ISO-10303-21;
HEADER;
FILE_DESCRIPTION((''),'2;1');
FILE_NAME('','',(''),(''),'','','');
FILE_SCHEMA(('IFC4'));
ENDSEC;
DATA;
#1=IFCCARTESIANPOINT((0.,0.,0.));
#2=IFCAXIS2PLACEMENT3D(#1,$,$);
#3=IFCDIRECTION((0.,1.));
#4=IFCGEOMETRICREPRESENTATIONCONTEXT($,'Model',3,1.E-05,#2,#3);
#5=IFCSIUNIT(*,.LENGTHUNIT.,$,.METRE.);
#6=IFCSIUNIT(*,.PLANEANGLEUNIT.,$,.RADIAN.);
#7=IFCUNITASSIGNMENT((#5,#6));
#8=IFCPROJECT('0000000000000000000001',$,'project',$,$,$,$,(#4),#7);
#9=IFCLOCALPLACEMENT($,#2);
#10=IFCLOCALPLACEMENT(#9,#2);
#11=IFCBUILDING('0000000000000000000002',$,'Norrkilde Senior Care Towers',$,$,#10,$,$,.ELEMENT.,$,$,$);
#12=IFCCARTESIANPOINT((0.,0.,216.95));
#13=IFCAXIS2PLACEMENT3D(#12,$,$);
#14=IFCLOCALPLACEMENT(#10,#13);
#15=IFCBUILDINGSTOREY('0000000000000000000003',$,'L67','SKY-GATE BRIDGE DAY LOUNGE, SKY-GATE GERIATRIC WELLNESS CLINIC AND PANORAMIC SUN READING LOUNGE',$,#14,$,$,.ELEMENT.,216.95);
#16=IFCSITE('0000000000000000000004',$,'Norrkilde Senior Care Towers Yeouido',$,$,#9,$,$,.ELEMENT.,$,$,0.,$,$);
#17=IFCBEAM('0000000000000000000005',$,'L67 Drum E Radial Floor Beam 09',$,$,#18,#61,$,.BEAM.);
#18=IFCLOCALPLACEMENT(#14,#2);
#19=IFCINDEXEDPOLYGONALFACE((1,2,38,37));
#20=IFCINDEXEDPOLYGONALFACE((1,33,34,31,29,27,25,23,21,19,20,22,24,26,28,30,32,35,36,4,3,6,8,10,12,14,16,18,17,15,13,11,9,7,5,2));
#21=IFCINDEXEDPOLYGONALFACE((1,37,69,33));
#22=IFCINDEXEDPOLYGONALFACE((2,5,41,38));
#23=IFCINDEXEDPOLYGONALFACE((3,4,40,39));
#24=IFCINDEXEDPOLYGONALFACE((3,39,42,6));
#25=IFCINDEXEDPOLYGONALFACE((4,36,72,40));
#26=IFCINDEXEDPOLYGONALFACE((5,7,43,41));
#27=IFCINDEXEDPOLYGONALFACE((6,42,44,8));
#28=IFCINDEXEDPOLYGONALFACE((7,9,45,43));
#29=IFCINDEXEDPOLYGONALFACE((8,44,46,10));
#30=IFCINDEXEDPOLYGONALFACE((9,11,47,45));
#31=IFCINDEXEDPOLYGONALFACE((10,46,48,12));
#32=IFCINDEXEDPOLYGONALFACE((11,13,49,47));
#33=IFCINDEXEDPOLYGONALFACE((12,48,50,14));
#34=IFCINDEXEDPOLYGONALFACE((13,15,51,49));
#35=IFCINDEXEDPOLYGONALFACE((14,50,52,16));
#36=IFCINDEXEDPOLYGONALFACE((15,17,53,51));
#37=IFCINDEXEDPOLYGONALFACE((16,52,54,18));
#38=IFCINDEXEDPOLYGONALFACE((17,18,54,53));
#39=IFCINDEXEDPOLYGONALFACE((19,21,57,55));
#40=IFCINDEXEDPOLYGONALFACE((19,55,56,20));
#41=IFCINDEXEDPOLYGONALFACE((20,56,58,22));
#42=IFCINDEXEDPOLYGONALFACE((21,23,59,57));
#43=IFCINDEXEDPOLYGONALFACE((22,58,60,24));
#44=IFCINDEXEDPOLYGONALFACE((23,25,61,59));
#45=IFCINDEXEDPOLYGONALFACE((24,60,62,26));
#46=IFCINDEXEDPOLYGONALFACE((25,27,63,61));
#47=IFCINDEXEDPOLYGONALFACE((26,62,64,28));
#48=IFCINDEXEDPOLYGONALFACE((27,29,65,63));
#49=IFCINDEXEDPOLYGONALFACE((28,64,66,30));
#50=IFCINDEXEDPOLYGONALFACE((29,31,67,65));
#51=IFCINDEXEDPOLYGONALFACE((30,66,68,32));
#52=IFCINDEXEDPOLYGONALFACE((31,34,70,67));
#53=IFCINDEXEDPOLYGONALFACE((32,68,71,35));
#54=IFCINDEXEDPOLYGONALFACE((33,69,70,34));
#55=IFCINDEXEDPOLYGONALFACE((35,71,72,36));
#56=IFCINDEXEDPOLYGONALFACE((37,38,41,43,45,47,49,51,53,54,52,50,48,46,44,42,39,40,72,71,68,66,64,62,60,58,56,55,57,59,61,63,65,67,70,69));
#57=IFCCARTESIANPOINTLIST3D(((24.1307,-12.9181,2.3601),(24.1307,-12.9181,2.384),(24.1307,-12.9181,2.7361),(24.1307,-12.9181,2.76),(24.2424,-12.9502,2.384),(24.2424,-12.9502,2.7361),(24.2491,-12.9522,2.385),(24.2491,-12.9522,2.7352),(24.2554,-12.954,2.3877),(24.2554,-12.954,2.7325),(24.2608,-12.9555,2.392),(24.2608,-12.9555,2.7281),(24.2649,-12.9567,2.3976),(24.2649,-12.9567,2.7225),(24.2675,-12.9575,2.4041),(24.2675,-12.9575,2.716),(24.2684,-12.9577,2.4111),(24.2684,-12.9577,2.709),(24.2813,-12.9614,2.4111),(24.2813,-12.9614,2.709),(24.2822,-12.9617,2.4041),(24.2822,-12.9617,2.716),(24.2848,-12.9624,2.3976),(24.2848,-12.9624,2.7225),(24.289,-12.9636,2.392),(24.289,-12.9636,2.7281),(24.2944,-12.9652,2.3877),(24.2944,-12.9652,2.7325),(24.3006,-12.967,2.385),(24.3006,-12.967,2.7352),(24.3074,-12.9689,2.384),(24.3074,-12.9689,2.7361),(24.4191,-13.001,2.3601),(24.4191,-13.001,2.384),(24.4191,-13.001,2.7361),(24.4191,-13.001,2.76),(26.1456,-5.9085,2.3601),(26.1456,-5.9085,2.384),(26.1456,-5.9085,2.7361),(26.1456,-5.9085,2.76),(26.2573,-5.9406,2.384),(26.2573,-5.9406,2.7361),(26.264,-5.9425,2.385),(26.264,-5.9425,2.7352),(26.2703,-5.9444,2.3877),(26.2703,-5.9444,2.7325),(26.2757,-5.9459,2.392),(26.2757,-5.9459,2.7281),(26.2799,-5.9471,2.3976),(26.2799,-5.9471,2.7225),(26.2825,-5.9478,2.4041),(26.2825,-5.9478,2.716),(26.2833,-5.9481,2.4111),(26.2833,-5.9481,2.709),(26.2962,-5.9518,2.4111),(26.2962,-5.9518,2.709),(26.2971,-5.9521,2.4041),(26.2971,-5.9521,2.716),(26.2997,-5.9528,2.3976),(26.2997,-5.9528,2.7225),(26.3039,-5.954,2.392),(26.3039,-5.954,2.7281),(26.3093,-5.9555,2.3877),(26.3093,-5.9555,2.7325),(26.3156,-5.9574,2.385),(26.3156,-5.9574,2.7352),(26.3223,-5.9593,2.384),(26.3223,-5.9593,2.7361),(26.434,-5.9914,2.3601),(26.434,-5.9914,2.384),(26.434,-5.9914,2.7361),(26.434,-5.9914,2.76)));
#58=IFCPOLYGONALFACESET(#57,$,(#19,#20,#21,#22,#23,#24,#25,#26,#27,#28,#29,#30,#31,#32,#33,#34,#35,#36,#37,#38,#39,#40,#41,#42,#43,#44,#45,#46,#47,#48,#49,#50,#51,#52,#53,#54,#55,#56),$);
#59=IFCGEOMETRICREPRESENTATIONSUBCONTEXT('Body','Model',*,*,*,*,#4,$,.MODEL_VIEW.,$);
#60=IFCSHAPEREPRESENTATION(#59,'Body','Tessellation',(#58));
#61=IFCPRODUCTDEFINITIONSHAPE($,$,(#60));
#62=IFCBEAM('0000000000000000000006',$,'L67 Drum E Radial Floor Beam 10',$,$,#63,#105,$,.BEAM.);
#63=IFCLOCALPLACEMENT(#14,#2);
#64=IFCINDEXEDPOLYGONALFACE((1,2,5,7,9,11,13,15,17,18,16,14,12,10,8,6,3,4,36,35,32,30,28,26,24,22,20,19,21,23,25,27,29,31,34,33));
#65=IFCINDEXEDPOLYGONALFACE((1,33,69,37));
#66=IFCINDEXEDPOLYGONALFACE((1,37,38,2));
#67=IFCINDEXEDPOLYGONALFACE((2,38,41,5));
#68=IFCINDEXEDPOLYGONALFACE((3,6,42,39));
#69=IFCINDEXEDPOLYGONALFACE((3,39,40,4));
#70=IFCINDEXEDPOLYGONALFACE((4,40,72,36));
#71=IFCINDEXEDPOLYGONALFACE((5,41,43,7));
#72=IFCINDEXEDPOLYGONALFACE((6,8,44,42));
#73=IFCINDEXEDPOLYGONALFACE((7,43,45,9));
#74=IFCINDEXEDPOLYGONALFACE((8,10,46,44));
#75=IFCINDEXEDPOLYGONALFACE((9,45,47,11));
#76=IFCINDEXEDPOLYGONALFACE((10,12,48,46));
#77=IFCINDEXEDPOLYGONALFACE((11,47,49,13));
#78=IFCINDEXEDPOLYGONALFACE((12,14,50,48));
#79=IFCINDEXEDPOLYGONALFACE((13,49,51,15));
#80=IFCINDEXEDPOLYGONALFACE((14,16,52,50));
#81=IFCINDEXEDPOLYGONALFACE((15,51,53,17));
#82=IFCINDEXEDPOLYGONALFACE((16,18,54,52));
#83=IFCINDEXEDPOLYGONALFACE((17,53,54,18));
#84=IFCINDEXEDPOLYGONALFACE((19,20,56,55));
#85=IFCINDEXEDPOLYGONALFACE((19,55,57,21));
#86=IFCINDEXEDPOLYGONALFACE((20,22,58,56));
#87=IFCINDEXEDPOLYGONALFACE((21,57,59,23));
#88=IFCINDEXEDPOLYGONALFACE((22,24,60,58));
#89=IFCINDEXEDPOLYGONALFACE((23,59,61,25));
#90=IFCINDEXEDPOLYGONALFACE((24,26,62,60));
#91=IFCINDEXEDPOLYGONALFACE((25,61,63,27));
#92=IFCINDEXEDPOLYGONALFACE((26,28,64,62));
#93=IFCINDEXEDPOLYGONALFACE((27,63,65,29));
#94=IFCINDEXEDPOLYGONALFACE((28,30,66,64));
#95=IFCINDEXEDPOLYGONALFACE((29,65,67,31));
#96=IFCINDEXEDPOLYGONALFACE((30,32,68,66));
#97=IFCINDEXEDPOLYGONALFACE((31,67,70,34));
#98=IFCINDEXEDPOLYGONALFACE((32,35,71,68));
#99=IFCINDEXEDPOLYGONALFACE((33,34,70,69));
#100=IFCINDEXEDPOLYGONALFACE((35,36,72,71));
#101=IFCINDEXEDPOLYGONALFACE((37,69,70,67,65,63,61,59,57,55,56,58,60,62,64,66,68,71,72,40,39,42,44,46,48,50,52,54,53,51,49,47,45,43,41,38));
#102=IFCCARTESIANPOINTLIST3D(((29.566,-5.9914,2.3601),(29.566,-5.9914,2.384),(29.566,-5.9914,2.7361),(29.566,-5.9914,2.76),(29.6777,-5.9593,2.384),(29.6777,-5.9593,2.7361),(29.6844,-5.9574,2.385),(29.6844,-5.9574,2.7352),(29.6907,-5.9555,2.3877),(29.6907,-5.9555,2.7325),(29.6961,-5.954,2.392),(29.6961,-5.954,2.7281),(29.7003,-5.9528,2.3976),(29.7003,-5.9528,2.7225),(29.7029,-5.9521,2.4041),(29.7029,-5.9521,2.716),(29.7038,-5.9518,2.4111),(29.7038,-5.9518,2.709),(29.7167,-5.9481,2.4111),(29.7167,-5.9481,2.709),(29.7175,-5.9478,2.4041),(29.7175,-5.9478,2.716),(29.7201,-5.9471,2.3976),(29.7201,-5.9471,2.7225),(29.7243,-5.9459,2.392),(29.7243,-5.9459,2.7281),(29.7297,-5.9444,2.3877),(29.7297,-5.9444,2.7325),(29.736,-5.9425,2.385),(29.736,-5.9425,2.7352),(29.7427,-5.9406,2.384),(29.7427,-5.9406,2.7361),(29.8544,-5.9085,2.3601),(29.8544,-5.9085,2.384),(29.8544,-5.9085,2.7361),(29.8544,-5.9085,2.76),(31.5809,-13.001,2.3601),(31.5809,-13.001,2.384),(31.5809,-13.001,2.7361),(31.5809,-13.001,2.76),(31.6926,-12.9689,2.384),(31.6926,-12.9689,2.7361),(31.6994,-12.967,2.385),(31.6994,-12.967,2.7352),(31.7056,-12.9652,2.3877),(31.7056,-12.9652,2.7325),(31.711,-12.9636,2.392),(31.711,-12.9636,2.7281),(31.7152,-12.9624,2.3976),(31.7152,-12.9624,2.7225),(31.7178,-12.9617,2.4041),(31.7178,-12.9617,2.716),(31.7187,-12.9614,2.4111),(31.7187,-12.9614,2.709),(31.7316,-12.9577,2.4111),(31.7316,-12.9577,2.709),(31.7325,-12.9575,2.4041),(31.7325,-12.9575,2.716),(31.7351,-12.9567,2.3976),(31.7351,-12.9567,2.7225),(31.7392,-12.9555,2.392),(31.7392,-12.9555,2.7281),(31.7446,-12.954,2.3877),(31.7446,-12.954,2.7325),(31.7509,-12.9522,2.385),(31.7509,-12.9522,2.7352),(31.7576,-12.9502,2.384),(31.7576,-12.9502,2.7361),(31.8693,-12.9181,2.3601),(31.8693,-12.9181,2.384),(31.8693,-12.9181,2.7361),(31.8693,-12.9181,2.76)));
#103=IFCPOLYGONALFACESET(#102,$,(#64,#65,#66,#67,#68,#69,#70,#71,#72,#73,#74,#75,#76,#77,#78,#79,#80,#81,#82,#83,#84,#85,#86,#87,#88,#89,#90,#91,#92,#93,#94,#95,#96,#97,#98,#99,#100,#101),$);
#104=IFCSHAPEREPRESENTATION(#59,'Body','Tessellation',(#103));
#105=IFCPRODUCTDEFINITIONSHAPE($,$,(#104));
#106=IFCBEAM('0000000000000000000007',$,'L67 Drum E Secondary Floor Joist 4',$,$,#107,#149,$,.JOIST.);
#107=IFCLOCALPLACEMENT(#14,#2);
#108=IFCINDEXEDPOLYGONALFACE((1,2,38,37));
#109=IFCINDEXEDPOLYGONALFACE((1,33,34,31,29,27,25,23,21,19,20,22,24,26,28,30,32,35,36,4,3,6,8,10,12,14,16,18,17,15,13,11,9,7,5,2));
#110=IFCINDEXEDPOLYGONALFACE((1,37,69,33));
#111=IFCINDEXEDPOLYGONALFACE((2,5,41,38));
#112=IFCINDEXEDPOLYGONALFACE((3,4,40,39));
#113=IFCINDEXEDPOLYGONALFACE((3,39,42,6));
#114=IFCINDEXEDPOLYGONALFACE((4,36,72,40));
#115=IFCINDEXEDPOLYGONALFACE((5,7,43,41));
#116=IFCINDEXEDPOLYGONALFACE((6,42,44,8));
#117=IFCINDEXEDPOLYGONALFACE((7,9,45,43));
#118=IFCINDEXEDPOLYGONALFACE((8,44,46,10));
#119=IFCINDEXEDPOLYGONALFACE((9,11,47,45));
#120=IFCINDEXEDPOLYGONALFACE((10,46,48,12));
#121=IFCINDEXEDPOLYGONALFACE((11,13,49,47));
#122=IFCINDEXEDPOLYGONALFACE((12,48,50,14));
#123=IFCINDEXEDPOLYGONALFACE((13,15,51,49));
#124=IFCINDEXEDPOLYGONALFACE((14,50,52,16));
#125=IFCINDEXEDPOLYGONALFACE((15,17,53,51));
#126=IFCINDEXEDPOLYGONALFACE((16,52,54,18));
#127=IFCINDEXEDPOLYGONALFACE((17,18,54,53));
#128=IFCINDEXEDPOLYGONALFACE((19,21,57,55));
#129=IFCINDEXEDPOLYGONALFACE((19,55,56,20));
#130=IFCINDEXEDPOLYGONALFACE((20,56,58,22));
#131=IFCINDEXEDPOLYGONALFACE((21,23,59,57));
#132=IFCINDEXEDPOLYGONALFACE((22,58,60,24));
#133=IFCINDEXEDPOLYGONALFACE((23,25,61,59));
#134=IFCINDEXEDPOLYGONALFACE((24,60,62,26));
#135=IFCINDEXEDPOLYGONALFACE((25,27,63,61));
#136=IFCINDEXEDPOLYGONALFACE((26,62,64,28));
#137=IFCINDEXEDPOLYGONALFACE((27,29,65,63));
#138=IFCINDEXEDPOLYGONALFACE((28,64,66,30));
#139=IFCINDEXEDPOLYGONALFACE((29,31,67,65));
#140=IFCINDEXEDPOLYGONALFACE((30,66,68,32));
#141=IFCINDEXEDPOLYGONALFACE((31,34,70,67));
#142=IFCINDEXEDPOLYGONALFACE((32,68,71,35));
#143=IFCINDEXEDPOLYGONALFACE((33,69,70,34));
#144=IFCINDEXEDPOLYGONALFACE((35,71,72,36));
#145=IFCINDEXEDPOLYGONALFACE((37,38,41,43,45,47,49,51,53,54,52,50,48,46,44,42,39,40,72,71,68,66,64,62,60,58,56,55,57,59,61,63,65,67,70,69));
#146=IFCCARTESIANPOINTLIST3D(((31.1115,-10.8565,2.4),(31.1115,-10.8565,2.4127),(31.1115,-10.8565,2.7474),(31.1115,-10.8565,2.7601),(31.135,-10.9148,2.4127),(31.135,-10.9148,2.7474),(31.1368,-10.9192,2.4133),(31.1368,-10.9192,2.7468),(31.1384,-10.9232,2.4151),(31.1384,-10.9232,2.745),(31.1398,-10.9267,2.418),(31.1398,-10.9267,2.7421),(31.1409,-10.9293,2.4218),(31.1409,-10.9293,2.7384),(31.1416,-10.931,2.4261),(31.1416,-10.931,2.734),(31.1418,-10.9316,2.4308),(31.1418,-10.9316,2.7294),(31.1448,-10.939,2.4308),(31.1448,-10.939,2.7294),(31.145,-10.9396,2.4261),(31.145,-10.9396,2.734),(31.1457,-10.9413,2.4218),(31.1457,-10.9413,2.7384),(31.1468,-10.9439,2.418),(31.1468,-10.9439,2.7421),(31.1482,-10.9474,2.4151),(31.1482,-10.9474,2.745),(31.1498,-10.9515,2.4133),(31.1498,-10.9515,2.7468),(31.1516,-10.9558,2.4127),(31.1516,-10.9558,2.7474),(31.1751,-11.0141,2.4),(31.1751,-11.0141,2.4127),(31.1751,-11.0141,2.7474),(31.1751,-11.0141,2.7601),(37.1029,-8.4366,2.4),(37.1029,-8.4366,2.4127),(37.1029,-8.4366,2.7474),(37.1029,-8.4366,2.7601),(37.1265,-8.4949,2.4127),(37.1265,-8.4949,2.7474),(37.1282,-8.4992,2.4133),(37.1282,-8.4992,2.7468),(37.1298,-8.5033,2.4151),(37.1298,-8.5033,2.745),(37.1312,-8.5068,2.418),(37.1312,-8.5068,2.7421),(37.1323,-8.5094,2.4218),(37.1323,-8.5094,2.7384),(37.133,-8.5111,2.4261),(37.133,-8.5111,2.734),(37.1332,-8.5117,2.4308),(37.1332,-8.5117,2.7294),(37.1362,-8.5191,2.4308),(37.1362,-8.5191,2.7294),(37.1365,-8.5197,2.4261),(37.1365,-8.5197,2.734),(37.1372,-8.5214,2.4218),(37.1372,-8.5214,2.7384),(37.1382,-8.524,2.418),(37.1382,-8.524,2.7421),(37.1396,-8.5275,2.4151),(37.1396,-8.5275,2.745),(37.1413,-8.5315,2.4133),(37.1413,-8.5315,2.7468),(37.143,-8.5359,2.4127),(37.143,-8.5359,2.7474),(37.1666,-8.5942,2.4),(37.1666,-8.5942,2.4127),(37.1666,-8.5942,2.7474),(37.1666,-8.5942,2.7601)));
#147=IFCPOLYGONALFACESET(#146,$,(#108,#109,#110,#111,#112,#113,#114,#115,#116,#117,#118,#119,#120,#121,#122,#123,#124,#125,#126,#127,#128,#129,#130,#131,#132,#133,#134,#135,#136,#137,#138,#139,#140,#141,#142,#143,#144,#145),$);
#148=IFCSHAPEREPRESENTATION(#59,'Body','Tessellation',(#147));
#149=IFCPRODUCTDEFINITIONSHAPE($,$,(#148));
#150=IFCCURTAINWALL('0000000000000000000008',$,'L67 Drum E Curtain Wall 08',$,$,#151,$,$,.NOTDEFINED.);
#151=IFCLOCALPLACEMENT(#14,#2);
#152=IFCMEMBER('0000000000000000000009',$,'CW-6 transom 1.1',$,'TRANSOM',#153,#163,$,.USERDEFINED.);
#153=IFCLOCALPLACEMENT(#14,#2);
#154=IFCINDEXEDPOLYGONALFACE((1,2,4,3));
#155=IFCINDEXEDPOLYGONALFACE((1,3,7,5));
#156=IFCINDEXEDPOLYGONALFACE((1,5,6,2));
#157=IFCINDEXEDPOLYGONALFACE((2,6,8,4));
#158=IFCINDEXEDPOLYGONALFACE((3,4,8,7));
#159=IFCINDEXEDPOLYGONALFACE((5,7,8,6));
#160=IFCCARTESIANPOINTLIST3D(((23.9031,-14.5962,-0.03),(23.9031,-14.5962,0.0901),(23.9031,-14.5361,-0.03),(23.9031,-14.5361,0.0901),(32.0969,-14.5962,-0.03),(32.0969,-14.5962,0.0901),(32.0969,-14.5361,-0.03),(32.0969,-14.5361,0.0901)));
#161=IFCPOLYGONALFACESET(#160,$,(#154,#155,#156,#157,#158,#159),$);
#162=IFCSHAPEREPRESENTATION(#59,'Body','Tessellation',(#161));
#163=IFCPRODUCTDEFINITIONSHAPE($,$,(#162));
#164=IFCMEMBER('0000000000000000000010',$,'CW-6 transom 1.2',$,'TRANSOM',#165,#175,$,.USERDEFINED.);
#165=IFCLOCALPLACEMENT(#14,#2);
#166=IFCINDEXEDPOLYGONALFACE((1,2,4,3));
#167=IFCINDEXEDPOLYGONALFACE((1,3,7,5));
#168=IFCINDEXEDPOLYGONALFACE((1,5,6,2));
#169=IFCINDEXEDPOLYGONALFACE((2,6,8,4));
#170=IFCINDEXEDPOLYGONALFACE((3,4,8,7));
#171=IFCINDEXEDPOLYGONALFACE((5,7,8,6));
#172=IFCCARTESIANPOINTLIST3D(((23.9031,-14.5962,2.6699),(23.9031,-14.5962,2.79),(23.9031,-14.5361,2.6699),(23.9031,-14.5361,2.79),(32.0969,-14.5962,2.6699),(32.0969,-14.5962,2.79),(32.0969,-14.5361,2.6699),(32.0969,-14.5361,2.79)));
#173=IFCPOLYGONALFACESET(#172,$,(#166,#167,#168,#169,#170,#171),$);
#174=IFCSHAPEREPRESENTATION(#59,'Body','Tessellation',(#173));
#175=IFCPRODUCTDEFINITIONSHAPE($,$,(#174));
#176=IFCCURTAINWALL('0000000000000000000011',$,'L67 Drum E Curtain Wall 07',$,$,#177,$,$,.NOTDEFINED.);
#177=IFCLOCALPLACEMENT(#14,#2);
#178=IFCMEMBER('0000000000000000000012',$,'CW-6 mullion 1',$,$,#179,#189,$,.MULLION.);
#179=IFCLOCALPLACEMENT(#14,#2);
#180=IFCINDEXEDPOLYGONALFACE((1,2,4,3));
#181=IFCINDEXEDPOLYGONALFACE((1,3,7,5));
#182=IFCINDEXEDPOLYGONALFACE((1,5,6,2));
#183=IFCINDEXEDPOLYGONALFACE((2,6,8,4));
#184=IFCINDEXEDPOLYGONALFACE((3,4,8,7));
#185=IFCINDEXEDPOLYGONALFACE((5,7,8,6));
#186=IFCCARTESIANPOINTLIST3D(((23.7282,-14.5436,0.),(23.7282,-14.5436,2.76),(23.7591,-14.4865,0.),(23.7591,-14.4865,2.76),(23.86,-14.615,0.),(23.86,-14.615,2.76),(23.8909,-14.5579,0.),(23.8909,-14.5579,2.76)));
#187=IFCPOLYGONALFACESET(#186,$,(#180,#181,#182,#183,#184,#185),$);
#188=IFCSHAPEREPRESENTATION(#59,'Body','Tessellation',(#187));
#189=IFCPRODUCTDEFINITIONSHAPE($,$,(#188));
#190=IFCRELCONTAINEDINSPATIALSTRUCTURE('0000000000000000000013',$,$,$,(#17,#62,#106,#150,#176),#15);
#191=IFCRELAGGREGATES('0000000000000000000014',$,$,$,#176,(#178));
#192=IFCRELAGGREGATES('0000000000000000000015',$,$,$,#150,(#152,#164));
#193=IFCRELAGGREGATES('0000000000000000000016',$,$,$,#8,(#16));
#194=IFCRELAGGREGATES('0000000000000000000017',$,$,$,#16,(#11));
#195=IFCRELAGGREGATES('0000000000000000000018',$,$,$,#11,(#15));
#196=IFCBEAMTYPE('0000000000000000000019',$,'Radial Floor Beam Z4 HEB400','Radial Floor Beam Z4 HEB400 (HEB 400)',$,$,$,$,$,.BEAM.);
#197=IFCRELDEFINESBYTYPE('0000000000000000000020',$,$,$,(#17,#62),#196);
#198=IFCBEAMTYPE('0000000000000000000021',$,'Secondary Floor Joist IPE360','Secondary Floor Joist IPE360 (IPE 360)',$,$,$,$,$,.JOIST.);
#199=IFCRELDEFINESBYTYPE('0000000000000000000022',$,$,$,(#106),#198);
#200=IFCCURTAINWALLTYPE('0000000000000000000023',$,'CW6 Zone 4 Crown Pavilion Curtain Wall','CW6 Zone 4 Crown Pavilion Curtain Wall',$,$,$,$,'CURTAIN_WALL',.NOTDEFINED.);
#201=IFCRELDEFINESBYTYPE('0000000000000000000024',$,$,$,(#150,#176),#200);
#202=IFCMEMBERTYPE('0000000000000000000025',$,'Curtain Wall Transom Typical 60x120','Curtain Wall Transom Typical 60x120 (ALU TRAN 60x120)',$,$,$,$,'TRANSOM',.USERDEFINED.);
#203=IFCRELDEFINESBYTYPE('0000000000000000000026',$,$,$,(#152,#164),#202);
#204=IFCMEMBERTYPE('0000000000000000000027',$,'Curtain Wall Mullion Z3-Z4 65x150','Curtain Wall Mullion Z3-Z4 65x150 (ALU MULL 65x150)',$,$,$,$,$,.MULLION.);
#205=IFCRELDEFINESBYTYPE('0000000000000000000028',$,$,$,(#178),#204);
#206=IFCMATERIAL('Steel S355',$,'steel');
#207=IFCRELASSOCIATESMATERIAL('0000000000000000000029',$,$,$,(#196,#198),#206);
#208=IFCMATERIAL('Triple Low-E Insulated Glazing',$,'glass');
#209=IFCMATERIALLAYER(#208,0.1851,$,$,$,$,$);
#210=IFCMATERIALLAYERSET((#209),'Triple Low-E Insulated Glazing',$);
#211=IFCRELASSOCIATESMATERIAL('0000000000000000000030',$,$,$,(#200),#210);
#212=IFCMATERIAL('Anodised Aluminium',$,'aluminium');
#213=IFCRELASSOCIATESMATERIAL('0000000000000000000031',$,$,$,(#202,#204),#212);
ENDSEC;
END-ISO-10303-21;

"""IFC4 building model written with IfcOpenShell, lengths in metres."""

from ifc_helpers import new_model, si_unit, direction, frame, origin, origin_2d, place, context, subcontext, project, spatial, rectangle, i_section, extrude, source, transform, mapped, material, layer, layer_set, material_profile, profile_set, type_object, type_shapes, element, aggregate, save


model = new_model("IFC4")

# Units and contexts
model_context = context("Model", 3, precision=1e-05, world=origin(), true_north=direction((0.0, 1.0)))
body_context = subcontext(model_context, "Body", "Model", "MODEL_VIEW")
ifc_project = project(units=[si_unit("LENGTHUNIT", "METRE"), si_unit("PLANEANGLEUNIT", "RADIAN")], contexts=[model_context])

# Site, building, storey
site_placement = place(None, origin())
site = spatial("IfcSite", under=ifc_project, at=site_placement, Name="Norrkilde Senior Care Towers Yeouido", CompositionType="ELEMENT", RefElevation=0.0)
building_placement = place(site_placement, origin())
building = spatial("IfcBuilding", under=site, at=building_placement, Name="Norrkilde Senior Care Towers", CompositionType="ELEMENT")
storey_placement = place(building_placement, frame((0.0, 0.0, 216.95)))
storey = spatial("IfcBuildingStorey", under=building, at=storey_placement, Name="L67", Description="SKY-GATE BRIDGE DAY LOUNGE, SKY-GATE GERIATRIC WELLNESS CLINIC AND PANORAMIC SUN READING LOUNGE", CompositionType="ELEMENT", Elevation=216.95)

# Beams
ifc_material_1 = material(Name="Steel S355", Category="steel")
ifc_material_profile_1 = material_profile(ifc_material_1, i_section(OverallWidth=0.3, OverallDepth=0.3999, WebThickness=0.0134, FlangeThickness=0.0239, FilletRadius=0.0271, at=origin_2d()), Name="HEB 400")
ifc_profile_set_1 = profile_set([ifc_material_profile_1], Name="Steel S355")
beam_type_1 = type_object("IfcBeamType", Name="Radial Floor Beam Z4 HEB400", Description="Radial Floor Beam Z4 HEB400 (HEB 400)", PredefinedType="BEAM", material=ifc_profile_set_1)
shared_shape_1 = source(origin(), body_context, "Body", "SweptSolid", [
    extrude(i_section(OverallWidth=0.3, OverallDepth=0.3999, WebThickness=0.0134, FlangeThickness=0.0239, FilletRadius=0.0271, at=origin_2d()), origin(), (0.0, 0.0, 1.0), 7.2935),
])
type_shapes(beam_type_1, [shared_shape_1])
for number, where, z_axis, x_axis, name in (
    (1, (26.2898, -5.95, 2.5601), (-0.276264, -0.961082, 0.0), (0.961082, -0.276264, 0.0), "L67 Drum E Radial Floor Beam 09"),
    (2, (29.7102, -5.95, 2.5601), (0.276264, -0.961082, 0.0), (0.961082, 0.276264, 0.0), "L67 Drum E Radial Floor Beam 10"),
):
    element("IfcBeam", number, at=place(storey_placement, frame(where, z_axis=z_axis, x_axis=x_axis)), inside=storey, type_object=beam_type_1, Name=name, PredefinedType="BEAM", context=body_context, shape_type="MappedRepresentation", body=[
        mapped(shared_shape_1, transform((0.0, 0.0, 0.0), x_axis=(1.0, 0.0, 0.0), y_axis=(0.0, 1.0, 0.0), z_axis=(0.0, 0.0, 1.0), scale=1.0)),
    ])
ifc_material_profile_2 = material_profile(ifc_material_1, i_section(OverallWidth=0.1699, OverallDepth=0.3601, WebThickness=0.0081, FlangeThickness=0.0127, FilletRadius=0.0181, at=origin_2d()), Name="IPE 360")
ifc_profile_set_2 = profile_set([ifc_material_profile_2], Name="Steel S355")
beam_type_2 = type_object("IfcBeamType", Name="Secondary Floor Joist IPE360", Description="Secondary Floor Joist IPE360 (IPE 360)", PredefinedType="JOIST", material=ifc_profile_set_2)
shared_shape_2 = source(origin(), body_context, "Body", "SweptSolid", [
    extrude(i_section(OverallWidth=0.1699, OverallDepth=0.3601, WebThickness=0.0081, FlangeThickness=0.0127, FilletRadius=0.0181, at=origin_2d()), origin(), (0.0, 0.0, 1.0), 6.4617),
])
type_shapes(beam_type_2, [shared_shape_2])
beam_1_placement = place(storey_placement, frame((31.1433, -10.9353, 2.5801), z_axis=(0.927226, 0.374502, 0.0), x_axis=(-0.374502, 0.927226, 0.0)))
element("IfcBeam", 3, at=beam_1_placement, inside=storey, type_object=beam_type_2, Name="L67 Drum E Secondary Floor Joist 4", PredefinedType="JOIST", context=body_context, shape_type="MappedRepresentation", body=[
    mapped(shared_shape_2, transform((0.0, 0.0, 0.0), x_axis=(1.0, 0.0, 0.0), y_axis=(0.0, 1.0, 0.0), z_axis=(0.0, 0.0, 1.0), scale=1.0)),
])

# Curtain wall, members
ifc_material_2 = material(Name="Triple Low-E Insulated Glazing", Category="glass")
ifc_layer_1 = layer(ifc_material_2, 0.1851)
ifc_layer_set_1 = layer_set([ifc_layer_1], Name="Triple Low-E Insulated Glazing")
curtain_wall_type = type_object("IfcCurtainWallType", Name="CW6 Zone 4 Crown Pavilion Curtain Wall", Description="CW6 Zone 4 Crown Pavilion Curtain Wall", ElementType="CURTAIN_WALL", PredefinedType="NOTDEFINED", material=ifc_layer_set_1)
curtain_wall_1_placement = place(storey_placement, origin())
curtain_wall_1 = element("IfcCurtainWall", 4, at=curtain_wall_1_placement, inside=storey, type_object=curtain_wall_type, Name="L67 Drum E Curtain Wall 08", PredefinedType="NOTDEFINED")
ifc_material_3 = material(Name="Anodised Aluminium", Category="aluminium")
ifc_material_profile_3 = material_profile(ifc_material_3, rectangle(XDim=0.0601, YDim=0.1201, at=origin_2d()), Name="ALU TRAN 60x120")
ifc_profile_set_3 = profile_set([ifc_material_profile_3], Name="Anodised Aluminium")
member_type_1 = type_object("IfcMemberType", Name="Curtain Wall Transom Typical 60x120", Description="Curtain Wall Transom Typical 60x120 (ALU TRAN 60x120)", ElementType="TRANSOM", PredefinedType="USERDEFINED", material=ifc_profile_set_3)
shared_shape_3 = source(origin(), body_context, "Body", "SweptSolid", [
    extrude(rectangle(XDim=0.0601, YDim=0.1201, at=origin_2d()), origin(), (0.0, 0.0, 1.0), 8.1938),
])
type_shapes(member_type_1, [shared_shape_3])
member_1_placement = place(storey_placement, frame((32.0969, -14.5662, 0.03), z_axis=(-1.0, 0.0, 0.0), x_axis=(0.0, -1.0, 0.0)))
member_1 = element("IfcMember", 5, at=member_1_placement, type_object=member_type_1, Name="CW-6 transom 1.1", ObjectType="TRANSOM", PredefinedType="USERDEFINED", context=body_context, shape_type="MappedRepresentation", body=[
    mapped(shared_shape_3, transform((0.0, 0.0, 0.0), x_axis=(1.0, 0.0, 0.0), y_axis=(0.0, 1.0, 0.0), z_axis=(0.0, 0.0, 1.0), scale=1.0)),
])
member_2_placement = place(storey_placement, frame((32.0969, -14.5662, 2.73), z_axis=(-1.0, 0.0, 0.0), x_axis=(0.0, -1.0, 0.0)))
member_2 = element("IfcMember", 6, at=member_2_placement, type_object=member_type_1, Name="CW-6 transom 1.2", ObjectType="TRANSOM", PredefinedType="USERDEFINED", context=body_context, shape_type="MappedRepresentation", body=[
    mapped(shared_shape_3, transform((0.0, 0.0, 0.0), x_axis=(1.0, 0.0, 0.0), y_axis=(0.0, 1.0, 0.0), z_axis=(0.0, 0.0, 1.0), scale=1.0)),
])

# Curtain wall, member
curtain_wall_2_placement = place(storey_placement, origin())
curtain_wall_2 = element("IfcCurtainWall", 7, at=curtain_wall_2_placement, inside=storey, type_object=curtain_wall_type, Name="L67 Drum E Curtain Wall 07", PredefinedType="NOTDEFINED")
ifc_material_profile_4 = material_profile(ifc_material_3, rectangle(XDim=0.0649, YDim=0.1499, at=origin_2d()), Name="ALU MULL 65x150")
ifc_profile_set_4 = profile_set([ifc_material_profile_4], Name="Anodised Aluminium")
member_type_2 = type_object("IfcMemberType", Name="Curtain Wall Mullion Z3-Z4 65x150", Description="Curtain Wall Mullion Z3-Z4 65x150 (ALU MULL 65x150)", PredefinedType="MULLION", material=ifc_profile_set_4)
shared_shape_4 = source(origin(), body_context, "Body", "SweptSolid", [
    extrude(rectangle(XDim=0.0649, YDim=0.1499, at=origin_2d()), origin(), (0.0, 0.0, 1.0), 2.76),
])
type_shapes(member_type_2, [shared_shape_4])
member_3_placement = place(storey_placement, frame((23.8096, -14.5508, 0.0), z_axis=(0.0, 0.0, 1.0), x_axis=(-0.476133, -0.879373, 0.0)))
member_3 = element("IfcMember", 8, at=member_3_placement, type_object=member_type_2, Name="CW-6 mullion 1", PredefinedType="MULLION", context=body_context, shape_type="MappedRepresentation", body=[
    mapped(shared_shape_4, transform((0.0, 0.0, 0.0), x_axis=(1.0, 0.0, 0.0), y_axis=(0.0, 1.0, 0.0), z_axis=(0.0, 0.0, 1.0), scale=1.0)),
])
aggregate(curtain_wall_2, [member_3])

aggregate(curtain_wall_1, [member_1, member_2])

save(model, "model.ifc")
